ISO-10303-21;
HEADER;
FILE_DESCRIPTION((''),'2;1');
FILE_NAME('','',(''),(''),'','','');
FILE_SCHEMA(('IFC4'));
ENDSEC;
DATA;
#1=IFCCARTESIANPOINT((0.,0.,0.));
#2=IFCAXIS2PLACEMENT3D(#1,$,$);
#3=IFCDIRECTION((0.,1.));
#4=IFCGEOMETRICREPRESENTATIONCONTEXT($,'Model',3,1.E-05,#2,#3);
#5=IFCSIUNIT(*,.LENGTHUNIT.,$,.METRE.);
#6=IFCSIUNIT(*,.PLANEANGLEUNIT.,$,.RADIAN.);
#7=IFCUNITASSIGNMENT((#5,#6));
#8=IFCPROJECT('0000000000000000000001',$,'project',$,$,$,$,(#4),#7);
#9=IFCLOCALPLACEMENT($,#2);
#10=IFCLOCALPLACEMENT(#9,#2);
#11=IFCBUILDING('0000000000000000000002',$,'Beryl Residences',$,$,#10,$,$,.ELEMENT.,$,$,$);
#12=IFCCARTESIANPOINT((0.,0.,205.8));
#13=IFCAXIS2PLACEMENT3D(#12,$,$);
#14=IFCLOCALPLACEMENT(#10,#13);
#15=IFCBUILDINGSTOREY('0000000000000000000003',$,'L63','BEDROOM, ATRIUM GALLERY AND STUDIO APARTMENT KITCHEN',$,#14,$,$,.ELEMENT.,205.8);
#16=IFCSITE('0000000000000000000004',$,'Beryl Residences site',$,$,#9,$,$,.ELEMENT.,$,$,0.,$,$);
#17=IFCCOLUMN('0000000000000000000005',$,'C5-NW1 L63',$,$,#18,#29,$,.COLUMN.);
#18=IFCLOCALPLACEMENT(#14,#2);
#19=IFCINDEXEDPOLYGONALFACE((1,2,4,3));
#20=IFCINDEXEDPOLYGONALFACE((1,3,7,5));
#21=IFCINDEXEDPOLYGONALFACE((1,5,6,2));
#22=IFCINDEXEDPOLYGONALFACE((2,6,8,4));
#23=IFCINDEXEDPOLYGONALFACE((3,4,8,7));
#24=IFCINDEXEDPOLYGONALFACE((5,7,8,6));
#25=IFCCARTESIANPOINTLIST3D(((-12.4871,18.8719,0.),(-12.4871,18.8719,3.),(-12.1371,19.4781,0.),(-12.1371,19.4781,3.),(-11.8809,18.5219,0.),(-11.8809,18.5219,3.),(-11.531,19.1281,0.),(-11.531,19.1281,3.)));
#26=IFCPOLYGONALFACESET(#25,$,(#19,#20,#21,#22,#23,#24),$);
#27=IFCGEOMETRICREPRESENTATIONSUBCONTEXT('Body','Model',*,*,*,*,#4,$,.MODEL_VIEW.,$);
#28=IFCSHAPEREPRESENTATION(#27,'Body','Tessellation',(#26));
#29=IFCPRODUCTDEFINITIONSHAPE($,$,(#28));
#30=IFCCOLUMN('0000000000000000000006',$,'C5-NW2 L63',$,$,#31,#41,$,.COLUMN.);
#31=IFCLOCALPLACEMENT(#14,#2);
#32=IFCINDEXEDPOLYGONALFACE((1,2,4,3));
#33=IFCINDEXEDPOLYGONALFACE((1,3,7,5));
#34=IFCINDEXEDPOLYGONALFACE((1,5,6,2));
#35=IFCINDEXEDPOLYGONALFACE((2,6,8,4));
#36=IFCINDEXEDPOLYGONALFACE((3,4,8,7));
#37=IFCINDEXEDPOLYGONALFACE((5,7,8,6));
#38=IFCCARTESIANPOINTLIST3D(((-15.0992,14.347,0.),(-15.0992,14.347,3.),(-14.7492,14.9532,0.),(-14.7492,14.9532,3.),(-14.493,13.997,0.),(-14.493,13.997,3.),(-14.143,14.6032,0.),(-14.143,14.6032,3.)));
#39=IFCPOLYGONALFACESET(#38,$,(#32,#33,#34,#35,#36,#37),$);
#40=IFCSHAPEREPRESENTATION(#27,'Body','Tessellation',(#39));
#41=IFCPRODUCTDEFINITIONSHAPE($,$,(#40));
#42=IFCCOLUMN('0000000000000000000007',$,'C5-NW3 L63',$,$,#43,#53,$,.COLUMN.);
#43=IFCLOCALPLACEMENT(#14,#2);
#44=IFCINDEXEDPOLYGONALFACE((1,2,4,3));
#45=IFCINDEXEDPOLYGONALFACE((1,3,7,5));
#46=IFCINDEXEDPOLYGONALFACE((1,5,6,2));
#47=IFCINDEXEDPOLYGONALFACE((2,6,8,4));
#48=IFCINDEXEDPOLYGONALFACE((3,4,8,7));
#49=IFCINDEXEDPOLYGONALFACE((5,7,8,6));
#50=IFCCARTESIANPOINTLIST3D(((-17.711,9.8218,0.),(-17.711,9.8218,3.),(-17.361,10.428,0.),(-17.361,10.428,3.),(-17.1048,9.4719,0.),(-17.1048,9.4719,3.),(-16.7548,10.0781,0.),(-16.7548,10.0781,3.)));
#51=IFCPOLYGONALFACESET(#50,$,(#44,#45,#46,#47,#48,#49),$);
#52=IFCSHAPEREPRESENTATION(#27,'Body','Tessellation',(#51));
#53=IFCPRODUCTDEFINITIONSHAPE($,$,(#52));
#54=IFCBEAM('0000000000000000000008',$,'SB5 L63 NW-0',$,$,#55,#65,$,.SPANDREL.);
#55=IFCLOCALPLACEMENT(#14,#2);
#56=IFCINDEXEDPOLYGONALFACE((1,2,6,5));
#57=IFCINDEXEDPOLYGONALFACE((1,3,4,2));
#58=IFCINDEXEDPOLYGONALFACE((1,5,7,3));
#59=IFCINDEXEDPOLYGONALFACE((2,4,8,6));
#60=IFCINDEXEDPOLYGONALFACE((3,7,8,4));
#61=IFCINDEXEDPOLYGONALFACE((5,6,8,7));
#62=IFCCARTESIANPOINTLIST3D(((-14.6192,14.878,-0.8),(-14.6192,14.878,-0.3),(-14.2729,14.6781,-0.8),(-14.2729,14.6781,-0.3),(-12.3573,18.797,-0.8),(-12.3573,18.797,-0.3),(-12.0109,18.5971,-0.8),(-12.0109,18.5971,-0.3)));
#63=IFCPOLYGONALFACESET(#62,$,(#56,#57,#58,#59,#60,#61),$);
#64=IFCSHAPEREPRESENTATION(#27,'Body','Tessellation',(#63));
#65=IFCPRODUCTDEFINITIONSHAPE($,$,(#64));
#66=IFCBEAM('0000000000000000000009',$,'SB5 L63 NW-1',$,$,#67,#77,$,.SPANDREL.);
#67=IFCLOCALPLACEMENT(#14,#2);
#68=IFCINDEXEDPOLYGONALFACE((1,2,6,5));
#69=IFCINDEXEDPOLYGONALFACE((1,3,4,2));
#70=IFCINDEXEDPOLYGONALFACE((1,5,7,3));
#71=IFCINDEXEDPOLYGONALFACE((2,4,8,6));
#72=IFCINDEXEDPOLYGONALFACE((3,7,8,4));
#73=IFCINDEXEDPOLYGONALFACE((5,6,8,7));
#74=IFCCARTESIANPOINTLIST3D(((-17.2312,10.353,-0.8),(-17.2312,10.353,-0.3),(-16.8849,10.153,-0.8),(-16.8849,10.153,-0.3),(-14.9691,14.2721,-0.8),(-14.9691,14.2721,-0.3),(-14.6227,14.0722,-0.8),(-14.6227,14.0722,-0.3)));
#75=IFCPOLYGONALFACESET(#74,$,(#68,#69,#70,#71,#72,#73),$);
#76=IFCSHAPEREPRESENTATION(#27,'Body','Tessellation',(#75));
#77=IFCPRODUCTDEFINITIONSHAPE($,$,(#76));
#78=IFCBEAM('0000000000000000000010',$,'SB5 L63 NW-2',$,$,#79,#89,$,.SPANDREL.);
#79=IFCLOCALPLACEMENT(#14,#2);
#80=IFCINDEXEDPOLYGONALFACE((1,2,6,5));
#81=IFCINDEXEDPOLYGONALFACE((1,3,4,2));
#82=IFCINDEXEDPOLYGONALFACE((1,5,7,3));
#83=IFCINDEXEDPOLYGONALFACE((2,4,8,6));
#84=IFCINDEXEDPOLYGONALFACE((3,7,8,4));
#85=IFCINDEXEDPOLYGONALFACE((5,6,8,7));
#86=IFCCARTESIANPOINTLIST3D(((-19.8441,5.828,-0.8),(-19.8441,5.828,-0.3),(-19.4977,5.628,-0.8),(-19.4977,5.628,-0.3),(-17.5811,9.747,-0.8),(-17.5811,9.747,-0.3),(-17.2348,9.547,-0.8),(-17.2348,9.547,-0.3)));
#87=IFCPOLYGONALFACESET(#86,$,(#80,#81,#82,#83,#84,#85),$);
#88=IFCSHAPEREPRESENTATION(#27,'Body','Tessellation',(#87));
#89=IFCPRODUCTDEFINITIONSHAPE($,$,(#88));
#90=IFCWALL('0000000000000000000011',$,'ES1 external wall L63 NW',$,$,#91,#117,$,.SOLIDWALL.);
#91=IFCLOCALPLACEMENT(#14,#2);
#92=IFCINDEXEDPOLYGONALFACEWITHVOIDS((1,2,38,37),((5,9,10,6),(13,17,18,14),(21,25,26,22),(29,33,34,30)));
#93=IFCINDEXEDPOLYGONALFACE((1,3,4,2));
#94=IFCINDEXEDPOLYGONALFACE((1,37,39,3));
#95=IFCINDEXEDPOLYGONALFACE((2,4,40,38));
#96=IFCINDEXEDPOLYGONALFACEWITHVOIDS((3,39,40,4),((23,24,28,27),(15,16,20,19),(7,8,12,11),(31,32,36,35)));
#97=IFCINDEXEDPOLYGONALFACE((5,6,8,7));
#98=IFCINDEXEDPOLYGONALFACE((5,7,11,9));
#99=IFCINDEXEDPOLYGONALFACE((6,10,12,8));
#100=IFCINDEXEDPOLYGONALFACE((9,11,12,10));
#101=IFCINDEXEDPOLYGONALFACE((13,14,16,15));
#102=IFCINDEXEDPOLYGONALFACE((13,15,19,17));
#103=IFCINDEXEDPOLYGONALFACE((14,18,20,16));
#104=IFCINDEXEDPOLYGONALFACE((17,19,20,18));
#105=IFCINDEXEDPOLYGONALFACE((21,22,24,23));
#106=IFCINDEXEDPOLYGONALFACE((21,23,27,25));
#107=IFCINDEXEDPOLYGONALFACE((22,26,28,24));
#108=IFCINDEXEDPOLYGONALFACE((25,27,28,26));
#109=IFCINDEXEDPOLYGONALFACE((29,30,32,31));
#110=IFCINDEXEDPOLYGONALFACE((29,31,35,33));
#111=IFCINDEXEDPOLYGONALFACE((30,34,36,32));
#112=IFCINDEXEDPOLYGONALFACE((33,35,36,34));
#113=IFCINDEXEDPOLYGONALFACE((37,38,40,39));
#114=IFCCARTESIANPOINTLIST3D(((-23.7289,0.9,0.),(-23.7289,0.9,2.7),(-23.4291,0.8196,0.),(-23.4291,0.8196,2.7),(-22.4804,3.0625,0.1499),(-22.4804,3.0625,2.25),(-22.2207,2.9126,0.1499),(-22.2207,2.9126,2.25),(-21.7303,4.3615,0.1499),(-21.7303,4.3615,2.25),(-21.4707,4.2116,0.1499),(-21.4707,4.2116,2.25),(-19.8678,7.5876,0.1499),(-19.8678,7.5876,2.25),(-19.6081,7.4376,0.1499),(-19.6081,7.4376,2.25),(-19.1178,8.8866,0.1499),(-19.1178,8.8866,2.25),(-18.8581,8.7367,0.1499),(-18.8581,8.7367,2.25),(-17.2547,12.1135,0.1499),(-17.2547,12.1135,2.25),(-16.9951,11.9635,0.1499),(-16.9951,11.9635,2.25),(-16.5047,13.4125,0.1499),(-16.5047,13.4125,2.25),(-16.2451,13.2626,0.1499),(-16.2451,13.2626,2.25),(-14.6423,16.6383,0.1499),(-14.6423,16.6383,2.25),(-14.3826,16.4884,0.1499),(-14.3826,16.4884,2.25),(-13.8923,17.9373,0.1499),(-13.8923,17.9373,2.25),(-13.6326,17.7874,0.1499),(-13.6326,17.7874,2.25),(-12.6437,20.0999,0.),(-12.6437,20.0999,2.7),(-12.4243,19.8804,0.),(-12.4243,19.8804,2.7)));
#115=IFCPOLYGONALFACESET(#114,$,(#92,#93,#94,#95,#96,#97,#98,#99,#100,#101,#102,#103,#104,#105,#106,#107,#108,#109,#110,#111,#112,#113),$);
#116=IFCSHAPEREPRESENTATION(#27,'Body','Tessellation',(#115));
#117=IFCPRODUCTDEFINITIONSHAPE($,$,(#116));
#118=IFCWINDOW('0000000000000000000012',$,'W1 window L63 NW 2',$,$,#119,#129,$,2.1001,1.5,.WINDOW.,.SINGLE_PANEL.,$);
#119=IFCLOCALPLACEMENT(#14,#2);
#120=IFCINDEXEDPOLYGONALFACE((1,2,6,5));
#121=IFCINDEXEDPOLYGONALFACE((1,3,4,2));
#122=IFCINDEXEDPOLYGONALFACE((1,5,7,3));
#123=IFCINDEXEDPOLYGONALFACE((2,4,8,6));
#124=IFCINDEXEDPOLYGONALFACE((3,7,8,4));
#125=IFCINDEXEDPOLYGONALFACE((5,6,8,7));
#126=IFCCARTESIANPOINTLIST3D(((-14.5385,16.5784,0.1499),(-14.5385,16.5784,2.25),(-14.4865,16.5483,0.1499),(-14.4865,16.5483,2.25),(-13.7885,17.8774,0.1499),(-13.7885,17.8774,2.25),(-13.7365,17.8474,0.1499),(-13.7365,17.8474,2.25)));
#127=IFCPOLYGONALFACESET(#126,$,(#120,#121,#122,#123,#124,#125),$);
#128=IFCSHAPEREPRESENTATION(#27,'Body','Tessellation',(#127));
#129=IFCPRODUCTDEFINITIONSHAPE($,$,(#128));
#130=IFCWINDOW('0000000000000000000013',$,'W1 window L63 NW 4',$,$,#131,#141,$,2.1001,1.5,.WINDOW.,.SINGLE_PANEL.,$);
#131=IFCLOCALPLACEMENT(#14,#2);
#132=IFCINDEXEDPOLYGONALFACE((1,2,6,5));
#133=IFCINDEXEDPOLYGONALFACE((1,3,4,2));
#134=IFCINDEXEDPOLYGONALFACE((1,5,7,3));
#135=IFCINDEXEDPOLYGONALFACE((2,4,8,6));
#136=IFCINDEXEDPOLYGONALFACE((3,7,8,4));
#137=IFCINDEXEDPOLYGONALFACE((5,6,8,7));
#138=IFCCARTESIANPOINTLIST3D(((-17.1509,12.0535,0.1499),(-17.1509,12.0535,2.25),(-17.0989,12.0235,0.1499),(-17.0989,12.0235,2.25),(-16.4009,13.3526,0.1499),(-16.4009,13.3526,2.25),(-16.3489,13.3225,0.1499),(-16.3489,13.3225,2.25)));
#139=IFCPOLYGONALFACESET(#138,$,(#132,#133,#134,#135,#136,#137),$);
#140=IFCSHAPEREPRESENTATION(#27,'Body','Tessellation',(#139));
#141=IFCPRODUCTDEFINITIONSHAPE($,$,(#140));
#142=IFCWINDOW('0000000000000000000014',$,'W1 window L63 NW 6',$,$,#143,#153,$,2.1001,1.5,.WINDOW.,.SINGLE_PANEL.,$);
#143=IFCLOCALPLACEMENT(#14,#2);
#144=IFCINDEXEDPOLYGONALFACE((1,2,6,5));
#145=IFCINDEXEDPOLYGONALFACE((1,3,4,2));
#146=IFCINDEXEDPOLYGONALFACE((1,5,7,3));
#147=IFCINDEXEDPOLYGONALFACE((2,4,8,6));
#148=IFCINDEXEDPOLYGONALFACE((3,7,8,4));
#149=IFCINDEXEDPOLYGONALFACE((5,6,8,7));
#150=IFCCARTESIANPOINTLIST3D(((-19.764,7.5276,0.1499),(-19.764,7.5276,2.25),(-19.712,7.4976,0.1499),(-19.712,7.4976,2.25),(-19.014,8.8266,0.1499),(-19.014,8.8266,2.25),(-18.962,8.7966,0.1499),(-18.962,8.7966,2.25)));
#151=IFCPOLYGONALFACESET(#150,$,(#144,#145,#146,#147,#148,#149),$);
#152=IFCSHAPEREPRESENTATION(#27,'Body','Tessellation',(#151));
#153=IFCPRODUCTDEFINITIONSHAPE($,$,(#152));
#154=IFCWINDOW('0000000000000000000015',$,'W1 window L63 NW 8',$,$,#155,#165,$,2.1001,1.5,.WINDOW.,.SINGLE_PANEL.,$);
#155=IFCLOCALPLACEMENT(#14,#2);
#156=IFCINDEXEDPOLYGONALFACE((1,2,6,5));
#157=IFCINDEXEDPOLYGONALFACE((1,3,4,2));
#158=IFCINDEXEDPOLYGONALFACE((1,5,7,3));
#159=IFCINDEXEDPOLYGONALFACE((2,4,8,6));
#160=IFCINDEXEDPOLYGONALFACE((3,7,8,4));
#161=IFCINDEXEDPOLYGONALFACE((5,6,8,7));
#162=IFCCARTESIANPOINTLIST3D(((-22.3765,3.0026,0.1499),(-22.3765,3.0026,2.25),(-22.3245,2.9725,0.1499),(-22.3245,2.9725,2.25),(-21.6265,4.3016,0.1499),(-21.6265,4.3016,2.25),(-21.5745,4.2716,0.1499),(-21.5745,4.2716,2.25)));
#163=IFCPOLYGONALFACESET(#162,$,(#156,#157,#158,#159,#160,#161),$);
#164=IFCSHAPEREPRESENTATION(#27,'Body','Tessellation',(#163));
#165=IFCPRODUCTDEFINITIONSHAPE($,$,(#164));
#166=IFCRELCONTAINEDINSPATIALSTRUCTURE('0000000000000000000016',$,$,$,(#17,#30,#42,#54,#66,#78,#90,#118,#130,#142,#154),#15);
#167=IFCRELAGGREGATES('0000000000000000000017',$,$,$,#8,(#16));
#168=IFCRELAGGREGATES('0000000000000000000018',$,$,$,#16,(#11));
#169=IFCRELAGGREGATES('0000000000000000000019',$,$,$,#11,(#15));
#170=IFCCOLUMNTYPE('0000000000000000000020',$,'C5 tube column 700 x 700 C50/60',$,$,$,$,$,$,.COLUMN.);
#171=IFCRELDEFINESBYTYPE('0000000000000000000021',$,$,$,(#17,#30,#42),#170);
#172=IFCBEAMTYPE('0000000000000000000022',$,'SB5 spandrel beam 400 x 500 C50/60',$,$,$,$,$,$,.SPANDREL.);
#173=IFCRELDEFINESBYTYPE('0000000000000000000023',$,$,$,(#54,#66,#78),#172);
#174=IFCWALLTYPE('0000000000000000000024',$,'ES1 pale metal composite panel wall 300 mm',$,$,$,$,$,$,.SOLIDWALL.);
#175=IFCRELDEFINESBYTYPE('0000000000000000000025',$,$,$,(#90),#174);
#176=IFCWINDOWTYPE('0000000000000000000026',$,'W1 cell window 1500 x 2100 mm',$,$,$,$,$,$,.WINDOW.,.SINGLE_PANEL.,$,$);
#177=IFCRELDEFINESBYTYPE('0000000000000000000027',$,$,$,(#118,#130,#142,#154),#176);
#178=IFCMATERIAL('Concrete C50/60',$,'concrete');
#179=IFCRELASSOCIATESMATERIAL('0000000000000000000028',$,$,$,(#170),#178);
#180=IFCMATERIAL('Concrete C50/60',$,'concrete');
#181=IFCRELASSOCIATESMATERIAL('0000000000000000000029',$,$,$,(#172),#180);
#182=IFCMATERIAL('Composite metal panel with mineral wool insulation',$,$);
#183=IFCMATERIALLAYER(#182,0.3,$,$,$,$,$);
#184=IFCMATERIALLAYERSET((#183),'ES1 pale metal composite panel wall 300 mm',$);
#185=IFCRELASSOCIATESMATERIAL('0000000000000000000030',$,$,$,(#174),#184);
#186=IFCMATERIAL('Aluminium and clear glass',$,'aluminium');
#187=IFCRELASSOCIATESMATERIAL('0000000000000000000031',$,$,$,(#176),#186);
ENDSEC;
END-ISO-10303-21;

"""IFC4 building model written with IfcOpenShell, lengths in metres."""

from ifc_helpers import new_model, si_unit, direction, frame, frame_2d, origin, origin_2d, place, context, subcontext, project, spatial, polyline, rectangle, outline, extrude, material, layer, layer_set, material_profile, profile_set, type_object, element, fill, save


model = new_model("IFC4")

# Units and contexts
model_context = context("Model", 3, precision=1e-05, world=origin(), true_north=direction((0.0, 1.0)))
body_context = subcontext(model_context, "Body", "Model", "MODEL_VIEW")
ifc_project = project(units=[si_unit("LENGTHUNIT", "METRE"), si_unit("PLANEANGLEUNIT", "RADIAN")], contexts=[model_context])

# Site, building, storey
site_placement = place(None, origin())
site = spatial("IfcSite", under=ifc_project, at=site_placement, Name="Beryl Residences site", CompositionType="ELEMENT", RefElevation=0.0)
building_placement = place(site_placement, origin())
building = spatial("IfcBuilding", under=site, at=building_placement, Name="Beryl Residences", CompositionType="ELEMENT")
storey_placement = place(building_placement, frame((0.0, 0.0, 205.8)))
storey = spatial("IfcBuildingStorey", under=building, at=storey_placement, Name="L63", Description="BEDROOM, ATRIUM GALLERY AND STUDIO APARTMENT KITCHEN", CompositionType="ELEMENT", Elevation=205.8)

# Columns
ifc_material_1 = material(Name="Concrete C50/60", Category="concrete")
ifc_material_profile_1 = material_profile(ifc_material_1, rectangle(XDim=0.7, YDim=0.7, at=origin_2d()))
ifc_profile_set_1 = profile_set([ifc_material_profile_1], Name="Concrete C50/60")
column_type = type_object("IfcColumnType", Name="C5 tube column 700 x 700 C50/60", PredefinedType="COLUMN", material=ifc_profile_set_1)
for number, where, z_axis, x_axis, name in (
    (1, (-12.009, 19.0, 0.0), (0.0, 0.0, 1.0), (-0.49997, -0.866043, 0.0), "C5-NW1 L63"),
    (2, (-14.6211, 14.4751, 0.0), (0.0, 0.0, 1.0), (-0.49997, -0.866043, 0.0), "C5-NW2 L63"),
    (3, (-17.2329, 9.95, 0.0), (0.0, 0.0, 1.0), (-0.49997, -0.866043, 0.0), "C5-NW3 L63"),
):
    element("IfcColumn", number, at=place(storey_placement, frame(where, z_axis=z_axis, x_axis=x_axis)), inside=storey, type_object=column_type, Name=name, PredefinedType="COLUMN", context=body_context, shape_type="SweptSolid", body=[
        extrude(rectangle(XDim=0.7, YDim=0.7, at=origin_2d()), origin(), (0.0, 0.0, 1.0), 3.0),
    ])

# Beams
ifc_material_2 = material(Name="Concrete C50/60", Category="concrete")
ifc_material_profile_2 = material_profile(ifc_material_2, rectangle(XDim=0.3999, YDim=0.5, at=origin_2d()))
ifc_profile_set_2 = profile_set([ifc_material_profile_2], Name="Concrete C50/60")
beam_type = type_object("IfcBeamType", Name="SB5 spandrel beam 400 x 500 C50/60", PredefinedType="SPANDREL", material=ifc_profile_set_2)
beam_1_placement = place(storey_placement, frame((-12.1841, 18.697, -0.55), z_axis=(-0.499894, -0.866087, 0.0), x_axis=(0.866087, -0.499894, 0.0)))
element("IfcBeam", 4, at=beam_1_placement, inside=storey, type_object=beam_type, Name="SB5 L63 NW-0", PredefinedType="SPANDREL", context=body_context, shape_type="SweptSolid", body=[
    extrude(rectangle(XDim=0.3999, YDim=0.5, at=origin_2d()), origin(), (0.0, 0.0, 1.0), 4.5249),
])
beam_2_placement = place(storey_placement, frame((-14.7959, 14.1721, -0.55), z_axis=(-0.499911, -0.866077, 0.0), x_axis=(0.866077, -0.499911, 0.0)))
element("IfcBeam", 5, at=beam_2_placement, inside=storey, type_object=beam_type, Name="SB5 L63 NW-1", PredefinedType="SPANDREL", context=body_context, shape_type="SweptSolid", body=[
    extrude(rectangle(XDim=0.3999, YDim=0.5, at=origin_2d()), origin(), (0.0, 0.0, 1.0), 4.5251),
])
beam_3_placement = place(storey_placement, frame((-17.408, 9.647, -0.55), z_axis=(-0.500056, -0.865993, 0.0), x_axis=(0.865993, -0.500056, 0.0)))
element("IfcBeam", 6, at=beam_3_placement, inside=storey, type_object=beam_type, Name="SB5 L63 NW-2", PredefinedType="SPANDREL", context=body_context, shape_type="SweptSolid", body=[
    extrude(rectangle(XDim=0.3999, YDim=0.5, at=origin_2d()), origin(), (0.0, 0.0, 1.0), 4.5254),
])

# Wall, openings, windows
ifc_material_3 = material(Name="Composite metal panel with mineral wool insulation")
ifc_layer_1 = layer(ifc_material_3, 0.3)
ifc_layer_set_1 = layer_set([ifc_layer_1], Name="ES1 pale metal composite panel wall 300 mm")
wall_type_1 = type_object("IfcWallType", Name="ES1 pale metal composite panel wall 300 mm", PredefinedType="SOLIDWALL", material=ifc_layer_set_1)
wall_1_placement = place(storey_placement, frame((-12.5139, 20.0249, 0.0), z_axis=(0.0, 0.0, 1.0), x_axis=(-0.500004, -0.866023, 0.0)))
wall_1 = element("IfcWall", 7, at=wall_1_placement, inside=storey, type_object=wall_type_1, Name="ES1 external wall L63 NW", PredefinedType="SOLIDWALL", context=body_context, shape_type="SweptSolid", body=[
    extrude(outline(polyline([(0.0, -0.1499), (22.1702, -0.1499), (22.0898, 0.1499), (0.0803, 0.1499), (0.0, -0.1499)])), origin(), (0.0, 0.0, 1.0), 2.7),
])
opening_1_placement = place(wall_1_placement, frame((2.4971, 0.0, 0.1499)))
opening_1 = element("IfcOpeningElement", 8, at=opening_1_placement, cuts=wall_1, PredefinedType="OPENING", context=body_context, shape_type="SweptSolid", body=[
    extrude(rectangle(XDim=1.5, YDim=2.1001, at=frame_2d((0.75, 1.05))), frame((0.0, 0.1599, 0.0), z_axis=(0.0, -1.0, 0.0), x_axis=(1.0, 0.0, 0.0)), (0.0, 0.0, 1.0), 0.3201),
])
opening_2_placement = place(wall_1_placement, frame((7.7219, 0.0, 0.1499)))
opening_2 = element("IfcOpeningElement", 9, at=opening_2_placement, cuts=wall_1, PredefinedType="OPENING", context=body_context, shape_type="SweptSolid", body=[
    extrude(rectangle(XDim=1.5, YDim=2.1001, at=frame_2d((0.75, 1.05))), frame((0.0, 0.1599, 0.0), z_axis=(0.0, -1.0, 0.0), x_axis=(1.0, 0.0, 0.0)), (0.0, 0.0, 1.0), 0.3201),
])
opening_3_placement = place(wall_1_placement, frame((12.948, 0.0, 0.1499)))
opening_3 = element("IfcOpeningElement", 10, at=opening_3_placement, cuts=wall_1, PredefinedType="OPENING", context=body_context, shape_type="SweptSolid", body=[
    extrude(rectangle(XDim=1.5, YDim=2.1001, at=frame_2d((0.75, 1.05))), frame((0.0, 0.1599, 0.0), z_axis=(0.0, -1.0, 0.0), x_axis=(1.0, 0.0, 0.0)), (0.0, 0.0, 1.0), 0.3201),
])
opening_4_placement = place(wall_1_placement, frame((18.1731, 0.0, 0.1499)))
opening_4 = element("IfcOpeningElement", 11, at=opening_4_placement, cuts=wall_1, PredefinedType="OPENING", context=body_context, shape_type="SweptSolid", body=[
    extrude(rectangle(XDim=1.5, YDim=2.1001, at=frame_2d((0.75, 1.05))), frame((0.0, 0.1599, 0.0), z_axis=(0.0, -1.0, 0.0), x_axis=(1.0, 0.0, 0.0)), (0.0, 0.0, 1.0), 0.3201),
])
ifc_material_4 = material(Name="Aluminium and clear glass", Category="aluminium")
window_type = type_object("IfcWindowType", Name="W1 cell window 1500 x 2100 mm", PartitioningType="SINGLE_PANEL", PredefinedType="WINDOW", material=ifc_material_4)
window_1_placement = place(opening_1_placement, origin())
window_1 = element("IfcWindow", 12, at=window_1_placement, inside=storey, type_object=window_type, Name="W1 window L63 NW 2", OverallHeight=2.1001, OverallWidth=1.5, PartitioningType="SINGLE_PANEL", PredefinedType="WINDOW", context=body_context, shape_type="SweptSolid", body=[
    extrude(rectangle(XDim=1.5, YDim=2.1001, at=frame_2d((0.75, 1.05))), frame((0.0, 0.03, 0.0), z_axis=(0.0, -1.0, 0.0), x_axis=(1.0, 0.0, 0.0)), (0.0, 0.0, 1.0), 0.0601),
])
fill(opening_1, window_1)
window_2_placement = place(opening_2_placement, origin())
window_2 = element("IfcWindow", 13, at=window_2_placement, inside=storey, type_object=window_type, Name="W1 window L63 NW 4", OverallHeight=2.1001, OverallWidth=1.5, PartitioningType="SINGLE_PANEL", PredefinedType="WINDOW", context=body_context, shape_type="SweptSolid", body=[
    extrude(rectangle(XDim=1.5, YDim=2.1001, at=frame_2d((0.75, 1.05))), frame((0.0, 0.03, 0.0), z_axis=(0.0, -1.0, 0.0), x_axis=(1.0, 0.0, 0.0)), (0.0, 0.0, 1.0), 0.0601),
])
fill(opening_2, window_2)
window_3_placement = place(opening_3_placement, origin())
window_3 = element("IfcWindow", 14, at=window_3_placement, inside=storey, type_object=window_type, Name="W1 window L63 NW 6", OverallHeight=2.1001, OverallWidth=1.5, PartitioningType="SINGLE_PANEL", PredefinedType="WINDOW", context=body_context, shape_type="SweptSolid", body=[
    extrude(rectangle(XDim=1.5, YDim=2.1001, at=frame_2d((0.75, 1.05))), frame((0.0, 0.03, 0.0), z_axis=(0.0, -1.0, 0.0), x_axis=(1.0, 0.0, 0.0)), (0.0, 0.0, 1.0), 0.0601),
])
fill(opening_3, window_3)
window_4_placement = place(opening_4_placement, origin())
window_4 = element("IfcWindow", 15, at=window_4_placement, inside=storey, type_object=window_type, Name="W1 window L63 NW 8", OverallHeight=2.1001, OverallWidth=1.5, PartitioningType="SINGLE_PANEL", PredefinedType="WINDOW", context=body_context, shape_type="SweptSolid", body=[
    extrude(rectangle(XDim=1.5, YDim=2.1001, at=frame_2d((0.75, 1.05))), frame((0.0, 0.03, 0.0), z_axis=(0.0, -1.0, 0.0), x_axis=(1.0, 0.0, 0.0)), (0.0, 0.0, 1.0), 0.0601),
])
fill(opening_4, window_4)

save(model, "model.ifc")
